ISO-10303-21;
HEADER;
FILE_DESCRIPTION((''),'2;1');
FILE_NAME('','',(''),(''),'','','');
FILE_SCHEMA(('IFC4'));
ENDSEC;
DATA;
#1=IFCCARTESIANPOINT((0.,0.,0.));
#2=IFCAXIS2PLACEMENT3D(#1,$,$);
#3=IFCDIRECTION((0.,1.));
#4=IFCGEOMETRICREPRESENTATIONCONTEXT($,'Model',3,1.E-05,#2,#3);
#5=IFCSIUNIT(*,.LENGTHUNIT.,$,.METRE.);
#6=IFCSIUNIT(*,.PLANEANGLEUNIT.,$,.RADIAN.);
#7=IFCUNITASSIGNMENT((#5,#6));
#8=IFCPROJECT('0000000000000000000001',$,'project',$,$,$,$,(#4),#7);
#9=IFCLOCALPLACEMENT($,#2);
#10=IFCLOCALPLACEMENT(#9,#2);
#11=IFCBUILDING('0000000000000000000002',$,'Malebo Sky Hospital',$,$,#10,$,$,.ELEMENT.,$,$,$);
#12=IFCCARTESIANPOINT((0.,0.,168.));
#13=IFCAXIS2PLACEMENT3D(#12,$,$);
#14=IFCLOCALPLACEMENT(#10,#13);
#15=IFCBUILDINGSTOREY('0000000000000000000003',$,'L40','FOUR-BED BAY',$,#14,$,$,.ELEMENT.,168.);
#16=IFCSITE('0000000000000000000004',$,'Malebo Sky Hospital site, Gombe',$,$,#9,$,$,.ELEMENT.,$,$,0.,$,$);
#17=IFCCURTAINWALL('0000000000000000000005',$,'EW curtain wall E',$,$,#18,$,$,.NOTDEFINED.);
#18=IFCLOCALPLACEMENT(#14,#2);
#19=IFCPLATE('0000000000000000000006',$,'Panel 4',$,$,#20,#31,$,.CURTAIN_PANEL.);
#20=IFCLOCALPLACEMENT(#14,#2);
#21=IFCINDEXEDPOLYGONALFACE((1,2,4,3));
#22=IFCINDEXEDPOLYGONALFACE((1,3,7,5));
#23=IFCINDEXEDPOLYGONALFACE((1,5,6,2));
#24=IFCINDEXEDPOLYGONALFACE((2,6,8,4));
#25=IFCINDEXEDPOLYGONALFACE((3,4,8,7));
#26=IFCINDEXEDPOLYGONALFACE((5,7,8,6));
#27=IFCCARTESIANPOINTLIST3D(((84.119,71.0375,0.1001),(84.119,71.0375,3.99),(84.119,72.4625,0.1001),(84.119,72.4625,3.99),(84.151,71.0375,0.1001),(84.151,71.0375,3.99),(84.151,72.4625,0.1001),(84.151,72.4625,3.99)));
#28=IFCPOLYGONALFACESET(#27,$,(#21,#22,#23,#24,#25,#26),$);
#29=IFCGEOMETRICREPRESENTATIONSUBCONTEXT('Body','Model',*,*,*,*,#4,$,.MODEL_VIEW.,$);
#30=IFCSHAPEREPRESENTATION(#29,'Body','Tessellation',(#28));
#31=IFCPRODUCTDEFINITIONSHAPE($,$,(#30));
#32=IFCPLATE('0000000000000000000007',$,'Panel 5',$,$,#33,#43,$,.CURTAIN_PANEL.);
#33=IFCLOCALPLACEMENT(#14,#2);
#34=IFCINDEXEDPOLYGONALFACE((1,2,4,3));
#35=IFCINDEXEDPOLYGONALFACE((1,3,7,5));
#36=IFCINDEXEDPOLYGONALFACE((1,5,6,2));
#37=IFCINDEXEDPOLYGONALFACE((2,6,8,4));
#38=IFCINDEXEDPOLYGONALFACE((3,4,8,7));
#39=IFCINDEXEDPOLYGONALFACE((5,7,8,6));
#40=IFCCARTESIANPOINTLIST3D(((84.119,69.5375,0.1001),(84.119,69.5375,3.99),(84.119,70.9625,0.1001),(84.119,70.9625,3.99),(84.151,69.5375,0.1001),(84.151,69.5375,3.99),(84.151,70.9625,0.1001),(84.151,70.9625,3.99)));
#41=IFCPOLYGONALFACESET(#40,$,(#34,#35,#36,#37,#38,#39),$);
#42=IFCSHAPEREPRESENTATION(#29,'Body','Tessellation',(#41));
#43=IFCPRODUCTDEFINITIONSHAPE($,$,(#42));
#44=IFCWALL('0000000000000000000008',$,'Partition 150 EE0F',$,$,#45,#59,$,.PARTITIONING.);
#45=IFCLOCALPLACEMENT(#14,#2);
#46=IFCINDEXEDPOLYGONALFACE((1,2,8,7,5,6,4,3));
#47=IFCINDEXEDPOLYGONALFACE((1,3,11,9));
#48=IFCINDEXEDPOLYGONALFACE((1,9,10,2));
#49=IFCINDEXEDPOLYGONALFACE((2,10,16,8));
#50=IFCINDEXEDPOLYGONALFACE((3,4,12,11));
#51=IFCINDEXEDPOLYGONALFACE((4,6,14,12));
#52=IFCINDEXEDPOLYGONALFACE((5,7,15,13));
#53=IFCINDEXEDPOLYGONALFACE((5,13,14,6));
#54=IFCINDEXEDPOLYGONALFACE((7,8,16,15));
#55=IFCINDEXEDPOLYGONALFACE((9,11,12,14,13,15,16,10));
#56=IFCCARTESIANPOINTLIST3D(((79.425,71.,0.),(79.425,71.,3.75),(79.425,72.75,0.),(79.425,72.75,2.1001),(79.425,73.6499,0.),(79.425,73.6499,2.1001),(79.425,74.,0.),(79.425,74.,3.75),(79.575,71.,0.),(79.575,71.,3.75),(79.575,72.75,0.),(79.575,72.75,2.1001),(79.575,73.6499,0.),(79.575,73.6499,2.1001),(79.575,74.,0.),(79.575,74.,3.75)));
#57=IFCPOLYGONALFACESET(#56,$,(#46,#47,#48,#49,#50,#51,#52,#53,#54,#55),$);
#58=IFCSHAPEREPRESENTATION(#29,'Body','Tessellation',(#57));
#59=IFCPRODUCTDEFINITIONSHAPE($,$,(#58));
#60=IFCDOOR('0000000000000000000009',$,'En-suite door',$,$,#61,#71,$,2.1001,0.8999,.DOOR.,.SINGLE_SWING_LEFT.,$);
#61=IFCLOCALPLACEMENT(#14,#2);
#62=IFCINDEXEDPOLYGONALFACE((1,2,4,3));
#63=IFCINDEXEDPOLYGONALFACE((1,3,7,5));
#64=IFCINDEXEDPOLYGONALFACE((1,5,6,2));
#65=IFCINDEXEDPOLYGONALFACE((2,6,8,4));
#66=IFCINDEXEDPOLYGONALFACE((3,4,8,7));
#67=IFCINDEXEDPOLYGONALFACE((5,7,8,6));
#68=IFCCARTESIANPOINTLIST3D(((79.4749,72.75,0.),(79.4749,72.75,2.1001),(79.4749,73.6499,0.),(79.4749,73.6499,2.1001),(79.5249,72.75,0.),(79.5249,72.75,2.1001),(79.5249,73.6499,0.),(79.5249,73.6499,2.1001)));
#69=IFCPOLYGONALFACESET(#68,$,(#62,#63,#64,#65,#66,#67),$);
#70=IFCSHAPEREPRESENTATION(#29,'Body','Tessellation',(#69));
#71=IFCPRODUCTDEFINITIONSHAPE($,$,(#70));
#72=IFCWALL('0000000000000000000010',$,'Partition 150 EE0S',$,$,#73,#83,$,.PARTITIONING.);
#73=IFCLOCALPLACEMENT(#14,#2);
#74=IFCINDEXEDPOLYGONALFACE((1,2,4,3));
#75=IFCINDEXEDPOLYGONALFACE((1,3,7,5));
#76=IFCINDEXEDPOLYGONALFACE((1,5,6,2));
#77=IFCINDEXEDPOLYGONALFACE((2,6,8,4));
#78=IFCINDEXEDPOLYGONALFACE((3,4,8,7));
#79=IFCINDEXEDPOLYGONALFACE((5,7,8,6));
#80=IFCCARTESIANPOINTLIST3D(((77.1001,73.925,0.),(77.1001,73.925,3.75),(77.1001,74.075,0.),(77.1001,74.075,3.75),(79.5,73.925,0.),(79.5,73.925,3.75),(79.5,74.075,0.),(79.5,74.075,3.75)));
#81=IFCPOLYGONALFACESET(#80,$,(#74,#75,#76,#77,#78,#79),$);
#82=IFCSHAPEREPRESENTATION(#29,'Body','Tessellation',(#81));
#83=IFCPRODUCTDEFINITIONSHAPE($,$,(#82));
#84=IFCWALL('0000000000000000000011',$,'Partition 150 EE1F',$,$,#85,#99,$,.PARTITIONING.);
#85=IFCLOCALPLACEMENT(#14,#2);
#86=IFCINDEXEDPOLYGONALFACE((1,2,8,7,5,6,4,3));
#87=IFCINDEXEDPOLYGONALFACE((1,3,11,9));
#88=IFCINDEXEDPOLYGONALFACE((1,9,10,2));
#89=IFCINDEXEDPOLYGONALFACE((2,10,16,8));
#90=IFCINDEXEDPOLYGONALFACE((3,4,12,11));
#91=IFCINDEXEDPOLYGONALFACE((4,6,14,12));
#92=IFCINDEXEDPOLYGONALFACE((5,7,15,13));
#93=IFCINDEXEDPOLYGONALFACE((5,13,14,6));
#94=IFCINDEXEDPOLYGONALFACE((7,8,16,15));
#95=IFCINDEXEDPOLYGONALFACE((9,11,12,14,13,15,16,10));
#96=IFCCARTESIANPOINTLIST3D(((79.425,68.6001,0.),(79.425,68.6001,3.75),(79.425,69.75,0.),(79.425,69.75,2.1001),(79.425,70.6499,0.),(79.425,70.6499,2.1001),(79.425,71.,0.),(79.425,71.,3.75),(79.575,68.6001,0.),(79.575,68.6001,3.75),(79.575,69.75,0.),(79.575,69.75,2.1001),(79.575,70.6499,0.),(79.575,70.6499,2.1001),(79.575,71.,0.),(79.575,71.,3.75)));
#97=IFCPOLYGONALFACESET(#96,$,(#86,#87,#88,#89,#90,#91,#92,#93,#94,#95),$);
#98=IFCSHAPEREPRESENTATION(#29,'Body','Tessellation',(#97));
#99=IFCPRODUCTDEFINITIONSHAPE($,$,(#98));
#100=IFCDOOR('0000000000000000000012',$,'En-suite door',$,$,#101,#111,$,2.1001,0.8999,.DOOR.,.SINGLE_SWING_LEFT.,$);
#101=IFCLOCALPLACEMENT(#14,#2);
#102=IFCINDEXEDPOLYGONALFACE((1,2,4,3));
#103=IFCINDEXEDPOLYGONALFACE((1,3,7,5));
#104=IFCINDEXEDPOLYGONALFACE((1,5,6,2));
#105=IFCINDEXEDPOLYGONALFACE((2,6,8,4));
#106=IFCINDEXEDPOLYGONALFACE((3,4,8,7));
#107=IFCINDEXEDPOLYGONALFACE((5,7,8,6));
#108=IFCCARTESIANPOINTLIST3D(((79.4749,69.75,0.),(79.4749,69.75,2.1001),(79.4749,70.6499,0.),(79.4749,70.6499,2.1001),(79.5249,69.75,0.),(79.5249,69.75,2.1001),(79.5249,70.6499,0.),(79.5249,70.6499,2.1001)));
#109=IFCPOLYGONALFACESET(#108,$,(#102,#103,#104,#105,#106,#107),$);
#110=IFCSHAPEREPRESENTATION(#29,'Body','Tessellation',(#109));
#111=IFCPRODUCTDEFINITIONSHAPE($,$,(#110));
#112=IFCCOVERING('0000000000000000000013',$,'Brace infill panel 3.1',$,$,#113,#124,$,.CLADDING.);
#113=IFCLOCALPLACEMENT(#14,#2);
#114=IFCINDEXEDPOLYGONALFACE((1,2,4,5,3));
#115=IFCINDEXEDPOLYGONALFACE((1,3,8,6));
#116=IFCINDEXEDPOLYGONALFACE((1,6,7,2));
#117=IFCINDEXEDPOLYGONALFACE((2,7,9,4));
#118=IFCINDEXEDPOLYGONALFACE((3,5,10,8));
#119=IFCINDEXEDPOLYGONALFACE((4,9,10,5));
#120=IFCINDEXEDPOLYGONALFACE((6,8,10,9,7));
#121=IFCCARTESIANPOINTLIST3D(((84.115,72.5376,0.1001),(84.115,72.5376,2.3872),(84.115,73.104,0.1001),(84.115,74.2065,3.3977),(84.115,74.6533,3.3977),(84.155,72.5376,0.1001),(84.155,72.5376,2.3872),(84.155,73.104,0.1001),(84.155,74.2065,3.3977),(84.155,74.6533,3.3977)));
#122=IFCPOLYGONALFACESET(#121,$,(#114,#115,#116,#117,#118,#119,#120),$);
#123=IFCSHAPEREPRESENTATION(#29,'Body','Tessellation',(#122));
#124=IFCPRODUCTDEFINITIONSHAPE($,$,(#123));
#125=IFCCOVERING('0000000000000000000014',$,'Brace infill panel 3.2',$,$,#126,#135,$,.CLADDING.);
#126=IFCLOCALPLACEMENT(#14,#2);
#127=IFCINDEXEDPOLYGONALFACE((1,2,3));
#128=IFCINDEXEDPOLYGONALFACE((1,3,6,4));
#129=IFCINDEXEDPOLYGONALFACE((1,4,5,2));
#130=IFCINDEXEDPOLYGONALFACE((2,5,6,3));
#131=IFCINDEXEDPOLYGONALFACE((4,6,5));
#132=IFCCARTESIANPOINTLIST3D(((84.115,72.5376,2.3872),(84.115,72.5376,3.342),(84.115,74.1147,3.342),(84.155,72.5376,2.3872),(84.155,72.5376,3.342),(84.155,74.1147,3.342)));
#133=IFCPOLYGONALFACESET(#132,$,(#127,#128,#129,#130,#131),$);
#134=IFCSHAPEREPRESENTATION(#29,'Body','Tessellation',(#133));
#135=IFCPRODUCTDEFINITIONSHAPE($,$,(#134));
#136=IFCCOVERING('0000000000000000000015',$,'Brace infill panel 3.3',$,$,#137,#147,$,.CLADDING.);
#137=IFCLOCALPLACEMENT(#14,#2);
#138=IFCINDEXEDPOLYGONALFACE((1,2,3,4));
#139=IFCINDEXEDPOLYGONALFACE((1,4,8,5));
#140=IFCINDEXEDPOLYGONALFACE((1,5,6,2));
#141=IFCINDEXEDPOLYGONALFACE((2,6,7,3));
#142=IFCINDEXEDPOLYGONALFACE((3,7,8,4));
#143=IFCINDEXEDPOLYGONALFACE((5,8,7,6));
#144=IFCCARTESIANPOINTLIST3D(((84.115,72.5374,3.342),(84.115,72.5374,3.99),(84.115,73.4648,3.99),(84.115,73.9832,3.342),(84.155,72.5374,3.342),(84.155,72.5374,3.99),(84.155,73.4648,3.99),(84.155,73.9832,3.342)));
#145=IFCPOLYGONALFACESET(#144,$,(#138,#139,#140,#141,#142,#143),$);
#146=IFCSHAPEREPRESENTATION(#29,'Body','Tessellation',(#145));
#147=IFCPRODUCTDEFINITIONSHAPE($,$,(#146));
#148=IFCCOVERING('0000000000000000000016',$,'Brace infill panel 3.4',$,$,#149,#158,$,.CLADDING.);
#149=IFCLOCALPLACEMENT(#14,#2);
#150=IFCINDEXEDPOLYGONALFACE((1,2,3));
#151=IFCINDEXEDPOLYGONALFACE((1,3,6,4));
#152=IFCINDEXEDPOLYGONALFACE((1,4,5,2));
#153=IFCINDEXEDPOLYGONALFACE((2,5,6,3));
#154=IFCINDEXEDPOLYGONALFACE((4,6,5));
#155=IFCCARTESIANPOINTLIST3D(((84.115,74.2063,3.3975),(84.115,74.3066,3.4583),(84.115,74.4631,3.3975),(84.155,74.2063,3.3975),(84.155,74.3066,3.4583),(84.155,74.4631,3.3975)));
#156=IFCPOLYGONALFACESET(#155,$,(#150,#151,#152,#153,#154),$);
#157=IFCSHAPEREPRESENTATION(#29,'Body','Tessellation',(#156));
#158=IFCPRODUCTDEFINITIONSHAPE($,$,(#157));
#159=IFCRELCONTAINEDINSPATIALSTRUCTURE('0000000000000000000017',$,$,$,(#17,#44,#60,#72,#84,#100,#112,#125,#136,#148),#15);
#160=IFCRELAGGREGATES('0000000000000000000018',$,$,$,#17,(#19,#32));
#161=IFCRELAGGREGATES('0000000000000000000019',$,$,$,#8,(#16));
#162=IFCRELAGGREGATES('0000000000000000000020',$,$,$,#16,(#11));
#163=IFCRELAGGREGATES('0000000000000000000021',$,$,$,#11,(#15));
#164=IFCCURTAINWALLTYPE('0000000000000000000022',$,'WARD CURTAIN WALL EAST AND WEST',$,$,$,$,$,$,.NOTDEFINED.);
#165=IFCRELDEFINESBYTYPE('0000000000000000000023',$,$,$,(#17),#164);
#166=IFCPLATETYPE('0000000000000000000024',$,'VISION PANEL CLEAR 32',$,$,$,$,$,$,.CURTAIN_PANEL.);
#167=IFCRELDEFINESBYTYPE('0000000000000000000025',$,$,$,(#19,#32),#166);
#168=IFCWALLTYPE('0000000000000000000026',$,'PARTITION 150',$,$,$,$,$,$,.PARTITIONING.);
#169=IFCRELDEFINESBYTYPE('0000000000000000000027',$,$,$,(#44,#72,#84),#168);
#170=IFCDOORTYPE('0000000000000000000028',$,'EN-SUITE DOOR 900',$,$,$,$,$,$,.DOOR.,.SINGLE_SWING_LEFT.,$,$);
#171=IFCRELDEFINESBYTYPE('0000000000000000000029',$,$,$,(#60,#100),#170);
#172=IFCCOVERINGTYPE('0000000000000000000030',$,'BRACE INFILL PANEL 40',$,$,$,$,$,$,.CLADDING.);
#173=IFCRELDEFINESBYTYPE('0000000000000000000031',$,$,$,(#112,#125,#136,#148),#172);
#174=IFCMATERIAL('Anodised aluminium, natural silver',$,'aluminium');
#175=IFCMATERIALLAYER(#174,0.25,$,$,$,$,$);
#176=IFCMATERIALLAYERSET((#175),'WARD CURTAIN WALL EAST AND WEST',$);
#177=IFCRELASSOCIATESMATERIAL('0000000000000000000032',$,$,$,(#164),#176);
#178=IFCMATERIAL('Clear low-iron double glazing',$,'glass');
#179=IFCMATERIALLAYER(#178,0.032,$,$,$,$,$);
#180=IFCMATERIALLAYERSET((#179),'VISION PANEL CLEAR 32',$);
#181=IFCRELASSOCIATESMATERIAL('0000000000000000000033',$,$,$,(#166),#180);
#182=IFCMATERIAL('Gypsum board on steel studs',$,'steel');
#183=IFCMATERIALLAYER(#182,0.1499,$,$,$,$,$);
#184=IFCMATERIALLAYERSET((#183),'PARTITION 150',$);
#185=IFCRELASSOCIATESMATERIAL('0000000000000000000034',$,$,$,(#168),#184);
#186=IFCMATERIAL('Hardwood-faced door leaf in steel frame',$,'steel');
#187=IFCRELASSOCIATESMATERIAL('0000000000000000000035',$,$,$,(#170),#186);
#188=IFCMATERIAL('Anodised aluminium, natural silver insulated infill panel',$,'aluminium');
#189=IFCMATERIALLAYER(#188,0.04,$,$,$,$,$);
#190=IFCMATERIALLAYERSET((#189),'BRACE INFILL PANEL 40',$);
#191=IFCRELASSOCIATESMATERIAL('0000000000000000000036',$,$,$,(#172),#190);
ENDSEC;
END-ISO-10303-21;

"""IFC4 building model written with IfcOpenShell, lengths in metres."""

from ifc_helpers import new_model, si_unit, direction, frame, frame_2d, origin, origin_2d, place, context, subcontext, project, spatial, polyline, rectangle, outline, extrude, material, layer, layer_set, type_object, element, fill, aggregate, save


model = new_model("IFC4")

# Units and contexts
model_context = context("Model", 3, precision=1e-05, world=origin(), true_north=direction((0.0, 1.0)))
body_context = subcontext(model_context, "Body", "Model", "MODEL_VIEW")
ifc_project = project(units=[si_unit("LENGTHUNIT", "METRE"), si_unit("PLANEANGLEUNIT", "RADIAN")], contexts=[model_context])

# Site, building, storey
site_placement = place(None, origin())
site = spatial("IfcSite", under=ifc_project, at=site_placement, Name="Malebo Sky Hospital site, Gombe", CompositionType="ELEMENT", RefElevation=0.0)
building_placement = place(site_placement, origin())
building = spatial("IfcBuilding", under=site, at=building_placement, Name="Malebo Sky Hospital", CompositionType="ELEMENT")
storey_placement = place(building_placement, frame((0.0, 0.0, 168.0)))
storey = spatial("IfcBuildingStorey", under=building, at=storey_placement, Name="L40", Description="FOUR-BED BAY", CompositionType="ELEMENT", Elevation=168.0)

# Curtain wall
ifc_material_1 = material(Name="Anodised aluminium, natural silver", Category="aluminium")
ifc_layer_1 = layer(ifc_material_1, 0.25)
ifc_layer_set_1 = layer_set([ifc_layer_1], Name="WARD CURTAIN WALL EAST AND WEST")
curtain_wall_type = type_object("IfcCurtainWallType", Name="WARD CURTAIN WALL EAST AND WEST", PredefinedType="NOTDEFINED", material=ifc_layer_set_1)
curtain_wall_placement = place(storey_placement, origin())
curtain_wall = element("IfcCurtainWall", 1, at=curtain_wall_placement, inside=storey, type_object=curtain_wall_type, Name="EW curtain wall E", PredefinedType="NOTDEFINED")

# Plates
ifc_material_2 = material(Name="Clear low-iron double glazing", Category="glass")
ifc_layer_2 = layer(ifc_material_2, 0.032)
ifc_layer_set_2 = layer_set([ifc_layer_2], Name="VISION PANEL CLEAR 32")
plate_type = type_object("IfcPlateType", Name="VISION PANEL CLEAR 32", PredefinedType="CURTAIN_PANEL", material=ifc_layer_set_2)
plate_1_placement = place(storey_placement, frame((84.135, 71.75, 0.1001), z_axis=(0.0, 0.0, 1.0), x_axis=(0.0, -1.0, 0.0)))
plate_1 = element("IfcPlate", 2, at=plate_1_placement, type_object=plate_type, Name="Panel 4", PredefinedType="CURTAIN_PANEL", context=body_context, shape_type="SweptSolid", body=[
    extrude(rectangle(XDim=1.425, YDim=0.032, at=origin_2d()), origin(), (0.0, 0.0, 1.0), 3.8899),
])
plate_2_placement = place(storey_placement, frame((84.135, 70.25, 0.1001), z_axis=(0.0, 0.0, 1.0), x_axis=(0.0, -1.0, 0.0)))
plate_2 = element("IfcPlate", 3, at=plate_2_placement, type_object=plate_type, Name="Panel 5", PredefinedType="CURTAIN_PANEL", context=body_context, shape_type="SweptSolid", body=[
    extrude(rectangle(XDim=1.425, YDim=0.032, at=origin_2d()), origin(), (0.0, 0.0, 1.0), 3.8899),
])
aggregate(curtain_wall, [plate_1, plate_2])

# Wall, opening, door
ifc_material_3 = material(Name="Gypsum board on steel studs", Category="steel")
ifc_layer_3 = layer(ifc_material_3, 0.1499)
ifc_layer_set_3 = layer_set([ifc_layer_3], Name="PARTITION 150")
wall_type = type_object("IfcWallType", Name="PARTITION 150", PredefinedType="PARTITIONING", material=ifc_layer_set_3)
wall_1_placement = place(storey_placement, frame((79.5, 74.0, 0.0), z_axis=(0.0, 0.0, 1.0), x_axis=(0.0, -1.0, 0.0)))
wall_1 = element("IfcWall", 4, at=wall_1_placement, inside=storey, type_object=wall_type, Name="Partition 150 EE0F", PredefinedType="PARTITIONING", context=body_context, shape_type="SweptSolid", body=[
    extrude(rectangle(XDim=3.0, YDim=0.1499, at=frame_2d((1.5, 0.0))), origin(), (0.0, 0.0, 1.0), 3.75),
])
opening_1_placement = place(wall_1_placement, frame((0.3501, 0.0, 0.0)))
opening_1 = element("IfcOpeningElement", 5, at=opening_1_placement, cuts=wall_1, PredefinedType="OPENING", context=body_context, shape_type="SweptSolid", body=[
    extrude(rectangle(XDim=0.8999, YDim=2.1001, at=frame_2d((0.45, 1.05))), frame((0.0, 0.085, 0.0), z_axis=(0.0, -1.0, 0.0), x_axis=(1.0, 0.0, 0.0)), (0.0, 0.0, 1.0), 0.1699),
])
ifc_material_4 = material(Name="Hardwood-faced door leaf in steel frame", Category="steel")
door_type = type_object("IfcDoorType", Name="EN-SUITE DOOR 900", OperationType="SINGLE_SWING_LEFT", PredefinedType="DOOR", material=ifc_material_4)
door_1_placement = place(opening_1_placement, origin())
door_1 = element("IfcDoor", 6, at=door_1_placement, inside=storey, type_object=door_type, Name="En-suite door", OperationType="SINGLE_SWING_LEFT", OverallHeight=2.1001, OverallWidth=0.8999, PredefinedType="DOOR", context=body_context, shape_type="SweptSolid", body=[
    extrude(rectangle(XDim=0.8999, YDim=2.1001, at=frame_2d((0.45, 1.05))), frame((0.0, 0.0249, 0.0), z_axis=(0.0, -1.0, 0.0), x_axis=(1.0, 0.0, 0.0)), (0.0, 0.0, 1.0), 0.05),
])
fill(opening_1, door_1)

# Wall
wall_2_placement = place(storey_placement, frame((77.1001, 74.0, 0.0), z_axis=(0.0, 0.0, 1.0), x_axis=(1.0, 0.0, 0.0)))
element("IfcWall", 7, at=wall_2_placement, inside=storey, type_object=wall_type, Name="Partition 150 EE0S", PredefinedType="PARTITIONING", context=body_context, shape_type="SweptSolid", body=[
    extrude(rectangle(XDim=2.3999, YDim=0.1499, at=frame_2d((1.2, 0.0))), origin(), (0.0, 0.0, 1.0), 3.75),
])

# Wall, opening, door
wall_3_placement = place(storey_placement, frame((79.5, 71.0, 0.0), z_axis=(0.0, 0.0, 1.0), x_axis=(0.0, -1.0, 0.0)))
wall_3 = element("IfcWall", 8, at=wall_3_placement, inside=storey, type_object=wall_type, Name="Partition 150 EE1F", PredefinedType="PARTITIONING", context=body_context, shape_type="SweptSolid", body=[
    extrude(rectangle(XDim=2.3999, YDim=0.1499, at=frame_2d((1.2, 0.0))), origin(), (0.0, 0.0, 1.0), 3.75),
])
opening_2_placement = place(wall_3_placement, frame((0.3501, 0.0, 0.0)))
opening_2 = element("IfcOpeningElement", 9, at=opening_2_placement, cuts=wall_3, PredefinedType="OPENING", context=body_context, shape_type="SweptSolid", body=[
    extrude(rectangle(XDim=0.8999, YDim=2.1001, at=frame_2d((0.45, 1.05))), frame((0.0, 0.085, 0.0), z_axis=(0.0, -1.0, 0.0), x_axis=(1.0, 0.0, 0.0)), (0.0, 0.0, 1.0), 0.1699),
])
door_2_placement = place(opening_2_placement, origin())
door_2 = element("IfcDoor", 10, at=door_2_placement, inside=storey, type_object=door_type, Name="En-suite door", OperationType="SINGLE_SWING_LEFT", OverallHeight=2.1001, OverallWidth=0.8999, PredefinedType="DOOR", context=body_context, shape_type="SweptSolid", body=[
    extrude(rectangle(XDim=0.8999, YDim=2.1001, at=frame_2d((0.45, 1.05))), frame((0.0, 0.0249, 0.0), z_axis=(0.0, -1.0, 0.0), x_axis=(1.0, 0.0, 0.0)), (0.0, 0.0, 1.0), 0.05),
])
fill(opening_2, door_2)

# Coverings
ifc_material_5 = material(Name="Anodised aluminium, natural silver insulated infill panel", Category="aluminium")
ifc_layer_4 = layer(ifc_material_5, 0.04)
ifc_layer_set_4 = layer_set([ifc_layer_4], Name="BRACE INFILL PANEL 40")
covering_type = type_object("IfcCoveringType", Name="BRACE INFILL PANEL 40", PredefinedType="CLADDING", material=ifc_layer_set_4)
covering_1_placement = place(storey_placement, frame((84.135, 73.5955, 0.1001), z_axis=(0.0, 0.0, 1.0), x_axis=(0.0, -1.0, 0.0)))
element("IfcCovering", 11, at=covering_1_placement, inside=storey, type_object=covering_type, Name="Brace infill panel 3.1", PredefinedType="CLADDING", context=body_context, shape_type="SweptSolid", body=[
    extrude(outline(polyline([(0.4915, 0.0), (1.0579, 0.0), (1.0579, 2.2871), (-0.6111, 3.2976), (-1.0579, 3.2976), (0.4915, 0.0)])), frame((0.0, 0.02, 0.0), z_axis=(0.0, -1.0, 0.0), x_axis=(1.0, 0.0, 0.0)), (0.0, 0.0, 1.0), 0.04),
])
covering_2_placement = place(storey_placement, frame((84.135, 73.3262, 2.3872), z_axis=(0.0, 0.0, 1.0), x_axis=(0.0, -1.0, 0.0)))
element("IfcCovering", 12, at=covering_2_placement, inside=storey, type_object=covering_type, Name="Brace infill panel 3.2", PredefinedType="CLADDING", context=body_context, shape_type="SweptSolid", body=[
    extrude(outline(polyline([(0.7886, 0.0), (0.7886, 0.9548), (-0.7886, 0.9548), (0.7886, 0.0)])), frame((0.0, 0.02, 0.0), z_axis=(0.0, -1.0, 0.0), x_axis=(1.0, 0.0, 0.0)), (0.0, 0.0, 1.0), 0.04),
])
covering_3_placement = place(storey_placement, frame((84.135, 73.2603, 3.342), z_axis=(0.0, 0.0, 1.0), x_axis=(0.0, -1.0, 0.0)))
element("IfcCovering", 13, at=covering_3_placement, inside=storey, type_object=covering_type, Name="Brace infill panel 3.3", PredefinedType="CLADDING", context=body_context, shape_type="SweptSolid", body=[
    extrude(outline(polyline([(-0.7229, 0.0), (0.7229, 0.0), (0.7229, 0.6479), (-0.2046, 0.6479), (-0.7229, 0.0)])), frame((0.0, 0.02, 0.0), z_axis=(0.0, -1.0, 0.0), x_axis=(1.0, 0.0, 0.0)), (0.0, 0.0, 1.0), 0.04),
])
covering_4_placement = place(storey_placement, frame((84.135, 74.3347, 3.3975), z_axis=(0.0, 0.0, 1.0), x_axis=(0.0, -1.0, 0.0)))
element("IfcCovering", 14, at=covering_4_placement, inside=storey, type_object=covering_type, Name="Brace infill panel 3.4", PredefinedType="CLADDING", context=body_context, shape_type="SweptSolid", body=[
    extrude(outline(polyline([(-0.1284, 0.0), (0.1284, 0.0), (0.0281, 0.0608), (-0.1284, 0.0)])), frame((0.0, 0.02, 0.0), z_axis=(0.0, -1.0, 0.0), x_axis=(1.0, 0.0, 0.0)), (0.0, 0.0, 1.0), 0.04),
])

save(model, "model.ifc")
